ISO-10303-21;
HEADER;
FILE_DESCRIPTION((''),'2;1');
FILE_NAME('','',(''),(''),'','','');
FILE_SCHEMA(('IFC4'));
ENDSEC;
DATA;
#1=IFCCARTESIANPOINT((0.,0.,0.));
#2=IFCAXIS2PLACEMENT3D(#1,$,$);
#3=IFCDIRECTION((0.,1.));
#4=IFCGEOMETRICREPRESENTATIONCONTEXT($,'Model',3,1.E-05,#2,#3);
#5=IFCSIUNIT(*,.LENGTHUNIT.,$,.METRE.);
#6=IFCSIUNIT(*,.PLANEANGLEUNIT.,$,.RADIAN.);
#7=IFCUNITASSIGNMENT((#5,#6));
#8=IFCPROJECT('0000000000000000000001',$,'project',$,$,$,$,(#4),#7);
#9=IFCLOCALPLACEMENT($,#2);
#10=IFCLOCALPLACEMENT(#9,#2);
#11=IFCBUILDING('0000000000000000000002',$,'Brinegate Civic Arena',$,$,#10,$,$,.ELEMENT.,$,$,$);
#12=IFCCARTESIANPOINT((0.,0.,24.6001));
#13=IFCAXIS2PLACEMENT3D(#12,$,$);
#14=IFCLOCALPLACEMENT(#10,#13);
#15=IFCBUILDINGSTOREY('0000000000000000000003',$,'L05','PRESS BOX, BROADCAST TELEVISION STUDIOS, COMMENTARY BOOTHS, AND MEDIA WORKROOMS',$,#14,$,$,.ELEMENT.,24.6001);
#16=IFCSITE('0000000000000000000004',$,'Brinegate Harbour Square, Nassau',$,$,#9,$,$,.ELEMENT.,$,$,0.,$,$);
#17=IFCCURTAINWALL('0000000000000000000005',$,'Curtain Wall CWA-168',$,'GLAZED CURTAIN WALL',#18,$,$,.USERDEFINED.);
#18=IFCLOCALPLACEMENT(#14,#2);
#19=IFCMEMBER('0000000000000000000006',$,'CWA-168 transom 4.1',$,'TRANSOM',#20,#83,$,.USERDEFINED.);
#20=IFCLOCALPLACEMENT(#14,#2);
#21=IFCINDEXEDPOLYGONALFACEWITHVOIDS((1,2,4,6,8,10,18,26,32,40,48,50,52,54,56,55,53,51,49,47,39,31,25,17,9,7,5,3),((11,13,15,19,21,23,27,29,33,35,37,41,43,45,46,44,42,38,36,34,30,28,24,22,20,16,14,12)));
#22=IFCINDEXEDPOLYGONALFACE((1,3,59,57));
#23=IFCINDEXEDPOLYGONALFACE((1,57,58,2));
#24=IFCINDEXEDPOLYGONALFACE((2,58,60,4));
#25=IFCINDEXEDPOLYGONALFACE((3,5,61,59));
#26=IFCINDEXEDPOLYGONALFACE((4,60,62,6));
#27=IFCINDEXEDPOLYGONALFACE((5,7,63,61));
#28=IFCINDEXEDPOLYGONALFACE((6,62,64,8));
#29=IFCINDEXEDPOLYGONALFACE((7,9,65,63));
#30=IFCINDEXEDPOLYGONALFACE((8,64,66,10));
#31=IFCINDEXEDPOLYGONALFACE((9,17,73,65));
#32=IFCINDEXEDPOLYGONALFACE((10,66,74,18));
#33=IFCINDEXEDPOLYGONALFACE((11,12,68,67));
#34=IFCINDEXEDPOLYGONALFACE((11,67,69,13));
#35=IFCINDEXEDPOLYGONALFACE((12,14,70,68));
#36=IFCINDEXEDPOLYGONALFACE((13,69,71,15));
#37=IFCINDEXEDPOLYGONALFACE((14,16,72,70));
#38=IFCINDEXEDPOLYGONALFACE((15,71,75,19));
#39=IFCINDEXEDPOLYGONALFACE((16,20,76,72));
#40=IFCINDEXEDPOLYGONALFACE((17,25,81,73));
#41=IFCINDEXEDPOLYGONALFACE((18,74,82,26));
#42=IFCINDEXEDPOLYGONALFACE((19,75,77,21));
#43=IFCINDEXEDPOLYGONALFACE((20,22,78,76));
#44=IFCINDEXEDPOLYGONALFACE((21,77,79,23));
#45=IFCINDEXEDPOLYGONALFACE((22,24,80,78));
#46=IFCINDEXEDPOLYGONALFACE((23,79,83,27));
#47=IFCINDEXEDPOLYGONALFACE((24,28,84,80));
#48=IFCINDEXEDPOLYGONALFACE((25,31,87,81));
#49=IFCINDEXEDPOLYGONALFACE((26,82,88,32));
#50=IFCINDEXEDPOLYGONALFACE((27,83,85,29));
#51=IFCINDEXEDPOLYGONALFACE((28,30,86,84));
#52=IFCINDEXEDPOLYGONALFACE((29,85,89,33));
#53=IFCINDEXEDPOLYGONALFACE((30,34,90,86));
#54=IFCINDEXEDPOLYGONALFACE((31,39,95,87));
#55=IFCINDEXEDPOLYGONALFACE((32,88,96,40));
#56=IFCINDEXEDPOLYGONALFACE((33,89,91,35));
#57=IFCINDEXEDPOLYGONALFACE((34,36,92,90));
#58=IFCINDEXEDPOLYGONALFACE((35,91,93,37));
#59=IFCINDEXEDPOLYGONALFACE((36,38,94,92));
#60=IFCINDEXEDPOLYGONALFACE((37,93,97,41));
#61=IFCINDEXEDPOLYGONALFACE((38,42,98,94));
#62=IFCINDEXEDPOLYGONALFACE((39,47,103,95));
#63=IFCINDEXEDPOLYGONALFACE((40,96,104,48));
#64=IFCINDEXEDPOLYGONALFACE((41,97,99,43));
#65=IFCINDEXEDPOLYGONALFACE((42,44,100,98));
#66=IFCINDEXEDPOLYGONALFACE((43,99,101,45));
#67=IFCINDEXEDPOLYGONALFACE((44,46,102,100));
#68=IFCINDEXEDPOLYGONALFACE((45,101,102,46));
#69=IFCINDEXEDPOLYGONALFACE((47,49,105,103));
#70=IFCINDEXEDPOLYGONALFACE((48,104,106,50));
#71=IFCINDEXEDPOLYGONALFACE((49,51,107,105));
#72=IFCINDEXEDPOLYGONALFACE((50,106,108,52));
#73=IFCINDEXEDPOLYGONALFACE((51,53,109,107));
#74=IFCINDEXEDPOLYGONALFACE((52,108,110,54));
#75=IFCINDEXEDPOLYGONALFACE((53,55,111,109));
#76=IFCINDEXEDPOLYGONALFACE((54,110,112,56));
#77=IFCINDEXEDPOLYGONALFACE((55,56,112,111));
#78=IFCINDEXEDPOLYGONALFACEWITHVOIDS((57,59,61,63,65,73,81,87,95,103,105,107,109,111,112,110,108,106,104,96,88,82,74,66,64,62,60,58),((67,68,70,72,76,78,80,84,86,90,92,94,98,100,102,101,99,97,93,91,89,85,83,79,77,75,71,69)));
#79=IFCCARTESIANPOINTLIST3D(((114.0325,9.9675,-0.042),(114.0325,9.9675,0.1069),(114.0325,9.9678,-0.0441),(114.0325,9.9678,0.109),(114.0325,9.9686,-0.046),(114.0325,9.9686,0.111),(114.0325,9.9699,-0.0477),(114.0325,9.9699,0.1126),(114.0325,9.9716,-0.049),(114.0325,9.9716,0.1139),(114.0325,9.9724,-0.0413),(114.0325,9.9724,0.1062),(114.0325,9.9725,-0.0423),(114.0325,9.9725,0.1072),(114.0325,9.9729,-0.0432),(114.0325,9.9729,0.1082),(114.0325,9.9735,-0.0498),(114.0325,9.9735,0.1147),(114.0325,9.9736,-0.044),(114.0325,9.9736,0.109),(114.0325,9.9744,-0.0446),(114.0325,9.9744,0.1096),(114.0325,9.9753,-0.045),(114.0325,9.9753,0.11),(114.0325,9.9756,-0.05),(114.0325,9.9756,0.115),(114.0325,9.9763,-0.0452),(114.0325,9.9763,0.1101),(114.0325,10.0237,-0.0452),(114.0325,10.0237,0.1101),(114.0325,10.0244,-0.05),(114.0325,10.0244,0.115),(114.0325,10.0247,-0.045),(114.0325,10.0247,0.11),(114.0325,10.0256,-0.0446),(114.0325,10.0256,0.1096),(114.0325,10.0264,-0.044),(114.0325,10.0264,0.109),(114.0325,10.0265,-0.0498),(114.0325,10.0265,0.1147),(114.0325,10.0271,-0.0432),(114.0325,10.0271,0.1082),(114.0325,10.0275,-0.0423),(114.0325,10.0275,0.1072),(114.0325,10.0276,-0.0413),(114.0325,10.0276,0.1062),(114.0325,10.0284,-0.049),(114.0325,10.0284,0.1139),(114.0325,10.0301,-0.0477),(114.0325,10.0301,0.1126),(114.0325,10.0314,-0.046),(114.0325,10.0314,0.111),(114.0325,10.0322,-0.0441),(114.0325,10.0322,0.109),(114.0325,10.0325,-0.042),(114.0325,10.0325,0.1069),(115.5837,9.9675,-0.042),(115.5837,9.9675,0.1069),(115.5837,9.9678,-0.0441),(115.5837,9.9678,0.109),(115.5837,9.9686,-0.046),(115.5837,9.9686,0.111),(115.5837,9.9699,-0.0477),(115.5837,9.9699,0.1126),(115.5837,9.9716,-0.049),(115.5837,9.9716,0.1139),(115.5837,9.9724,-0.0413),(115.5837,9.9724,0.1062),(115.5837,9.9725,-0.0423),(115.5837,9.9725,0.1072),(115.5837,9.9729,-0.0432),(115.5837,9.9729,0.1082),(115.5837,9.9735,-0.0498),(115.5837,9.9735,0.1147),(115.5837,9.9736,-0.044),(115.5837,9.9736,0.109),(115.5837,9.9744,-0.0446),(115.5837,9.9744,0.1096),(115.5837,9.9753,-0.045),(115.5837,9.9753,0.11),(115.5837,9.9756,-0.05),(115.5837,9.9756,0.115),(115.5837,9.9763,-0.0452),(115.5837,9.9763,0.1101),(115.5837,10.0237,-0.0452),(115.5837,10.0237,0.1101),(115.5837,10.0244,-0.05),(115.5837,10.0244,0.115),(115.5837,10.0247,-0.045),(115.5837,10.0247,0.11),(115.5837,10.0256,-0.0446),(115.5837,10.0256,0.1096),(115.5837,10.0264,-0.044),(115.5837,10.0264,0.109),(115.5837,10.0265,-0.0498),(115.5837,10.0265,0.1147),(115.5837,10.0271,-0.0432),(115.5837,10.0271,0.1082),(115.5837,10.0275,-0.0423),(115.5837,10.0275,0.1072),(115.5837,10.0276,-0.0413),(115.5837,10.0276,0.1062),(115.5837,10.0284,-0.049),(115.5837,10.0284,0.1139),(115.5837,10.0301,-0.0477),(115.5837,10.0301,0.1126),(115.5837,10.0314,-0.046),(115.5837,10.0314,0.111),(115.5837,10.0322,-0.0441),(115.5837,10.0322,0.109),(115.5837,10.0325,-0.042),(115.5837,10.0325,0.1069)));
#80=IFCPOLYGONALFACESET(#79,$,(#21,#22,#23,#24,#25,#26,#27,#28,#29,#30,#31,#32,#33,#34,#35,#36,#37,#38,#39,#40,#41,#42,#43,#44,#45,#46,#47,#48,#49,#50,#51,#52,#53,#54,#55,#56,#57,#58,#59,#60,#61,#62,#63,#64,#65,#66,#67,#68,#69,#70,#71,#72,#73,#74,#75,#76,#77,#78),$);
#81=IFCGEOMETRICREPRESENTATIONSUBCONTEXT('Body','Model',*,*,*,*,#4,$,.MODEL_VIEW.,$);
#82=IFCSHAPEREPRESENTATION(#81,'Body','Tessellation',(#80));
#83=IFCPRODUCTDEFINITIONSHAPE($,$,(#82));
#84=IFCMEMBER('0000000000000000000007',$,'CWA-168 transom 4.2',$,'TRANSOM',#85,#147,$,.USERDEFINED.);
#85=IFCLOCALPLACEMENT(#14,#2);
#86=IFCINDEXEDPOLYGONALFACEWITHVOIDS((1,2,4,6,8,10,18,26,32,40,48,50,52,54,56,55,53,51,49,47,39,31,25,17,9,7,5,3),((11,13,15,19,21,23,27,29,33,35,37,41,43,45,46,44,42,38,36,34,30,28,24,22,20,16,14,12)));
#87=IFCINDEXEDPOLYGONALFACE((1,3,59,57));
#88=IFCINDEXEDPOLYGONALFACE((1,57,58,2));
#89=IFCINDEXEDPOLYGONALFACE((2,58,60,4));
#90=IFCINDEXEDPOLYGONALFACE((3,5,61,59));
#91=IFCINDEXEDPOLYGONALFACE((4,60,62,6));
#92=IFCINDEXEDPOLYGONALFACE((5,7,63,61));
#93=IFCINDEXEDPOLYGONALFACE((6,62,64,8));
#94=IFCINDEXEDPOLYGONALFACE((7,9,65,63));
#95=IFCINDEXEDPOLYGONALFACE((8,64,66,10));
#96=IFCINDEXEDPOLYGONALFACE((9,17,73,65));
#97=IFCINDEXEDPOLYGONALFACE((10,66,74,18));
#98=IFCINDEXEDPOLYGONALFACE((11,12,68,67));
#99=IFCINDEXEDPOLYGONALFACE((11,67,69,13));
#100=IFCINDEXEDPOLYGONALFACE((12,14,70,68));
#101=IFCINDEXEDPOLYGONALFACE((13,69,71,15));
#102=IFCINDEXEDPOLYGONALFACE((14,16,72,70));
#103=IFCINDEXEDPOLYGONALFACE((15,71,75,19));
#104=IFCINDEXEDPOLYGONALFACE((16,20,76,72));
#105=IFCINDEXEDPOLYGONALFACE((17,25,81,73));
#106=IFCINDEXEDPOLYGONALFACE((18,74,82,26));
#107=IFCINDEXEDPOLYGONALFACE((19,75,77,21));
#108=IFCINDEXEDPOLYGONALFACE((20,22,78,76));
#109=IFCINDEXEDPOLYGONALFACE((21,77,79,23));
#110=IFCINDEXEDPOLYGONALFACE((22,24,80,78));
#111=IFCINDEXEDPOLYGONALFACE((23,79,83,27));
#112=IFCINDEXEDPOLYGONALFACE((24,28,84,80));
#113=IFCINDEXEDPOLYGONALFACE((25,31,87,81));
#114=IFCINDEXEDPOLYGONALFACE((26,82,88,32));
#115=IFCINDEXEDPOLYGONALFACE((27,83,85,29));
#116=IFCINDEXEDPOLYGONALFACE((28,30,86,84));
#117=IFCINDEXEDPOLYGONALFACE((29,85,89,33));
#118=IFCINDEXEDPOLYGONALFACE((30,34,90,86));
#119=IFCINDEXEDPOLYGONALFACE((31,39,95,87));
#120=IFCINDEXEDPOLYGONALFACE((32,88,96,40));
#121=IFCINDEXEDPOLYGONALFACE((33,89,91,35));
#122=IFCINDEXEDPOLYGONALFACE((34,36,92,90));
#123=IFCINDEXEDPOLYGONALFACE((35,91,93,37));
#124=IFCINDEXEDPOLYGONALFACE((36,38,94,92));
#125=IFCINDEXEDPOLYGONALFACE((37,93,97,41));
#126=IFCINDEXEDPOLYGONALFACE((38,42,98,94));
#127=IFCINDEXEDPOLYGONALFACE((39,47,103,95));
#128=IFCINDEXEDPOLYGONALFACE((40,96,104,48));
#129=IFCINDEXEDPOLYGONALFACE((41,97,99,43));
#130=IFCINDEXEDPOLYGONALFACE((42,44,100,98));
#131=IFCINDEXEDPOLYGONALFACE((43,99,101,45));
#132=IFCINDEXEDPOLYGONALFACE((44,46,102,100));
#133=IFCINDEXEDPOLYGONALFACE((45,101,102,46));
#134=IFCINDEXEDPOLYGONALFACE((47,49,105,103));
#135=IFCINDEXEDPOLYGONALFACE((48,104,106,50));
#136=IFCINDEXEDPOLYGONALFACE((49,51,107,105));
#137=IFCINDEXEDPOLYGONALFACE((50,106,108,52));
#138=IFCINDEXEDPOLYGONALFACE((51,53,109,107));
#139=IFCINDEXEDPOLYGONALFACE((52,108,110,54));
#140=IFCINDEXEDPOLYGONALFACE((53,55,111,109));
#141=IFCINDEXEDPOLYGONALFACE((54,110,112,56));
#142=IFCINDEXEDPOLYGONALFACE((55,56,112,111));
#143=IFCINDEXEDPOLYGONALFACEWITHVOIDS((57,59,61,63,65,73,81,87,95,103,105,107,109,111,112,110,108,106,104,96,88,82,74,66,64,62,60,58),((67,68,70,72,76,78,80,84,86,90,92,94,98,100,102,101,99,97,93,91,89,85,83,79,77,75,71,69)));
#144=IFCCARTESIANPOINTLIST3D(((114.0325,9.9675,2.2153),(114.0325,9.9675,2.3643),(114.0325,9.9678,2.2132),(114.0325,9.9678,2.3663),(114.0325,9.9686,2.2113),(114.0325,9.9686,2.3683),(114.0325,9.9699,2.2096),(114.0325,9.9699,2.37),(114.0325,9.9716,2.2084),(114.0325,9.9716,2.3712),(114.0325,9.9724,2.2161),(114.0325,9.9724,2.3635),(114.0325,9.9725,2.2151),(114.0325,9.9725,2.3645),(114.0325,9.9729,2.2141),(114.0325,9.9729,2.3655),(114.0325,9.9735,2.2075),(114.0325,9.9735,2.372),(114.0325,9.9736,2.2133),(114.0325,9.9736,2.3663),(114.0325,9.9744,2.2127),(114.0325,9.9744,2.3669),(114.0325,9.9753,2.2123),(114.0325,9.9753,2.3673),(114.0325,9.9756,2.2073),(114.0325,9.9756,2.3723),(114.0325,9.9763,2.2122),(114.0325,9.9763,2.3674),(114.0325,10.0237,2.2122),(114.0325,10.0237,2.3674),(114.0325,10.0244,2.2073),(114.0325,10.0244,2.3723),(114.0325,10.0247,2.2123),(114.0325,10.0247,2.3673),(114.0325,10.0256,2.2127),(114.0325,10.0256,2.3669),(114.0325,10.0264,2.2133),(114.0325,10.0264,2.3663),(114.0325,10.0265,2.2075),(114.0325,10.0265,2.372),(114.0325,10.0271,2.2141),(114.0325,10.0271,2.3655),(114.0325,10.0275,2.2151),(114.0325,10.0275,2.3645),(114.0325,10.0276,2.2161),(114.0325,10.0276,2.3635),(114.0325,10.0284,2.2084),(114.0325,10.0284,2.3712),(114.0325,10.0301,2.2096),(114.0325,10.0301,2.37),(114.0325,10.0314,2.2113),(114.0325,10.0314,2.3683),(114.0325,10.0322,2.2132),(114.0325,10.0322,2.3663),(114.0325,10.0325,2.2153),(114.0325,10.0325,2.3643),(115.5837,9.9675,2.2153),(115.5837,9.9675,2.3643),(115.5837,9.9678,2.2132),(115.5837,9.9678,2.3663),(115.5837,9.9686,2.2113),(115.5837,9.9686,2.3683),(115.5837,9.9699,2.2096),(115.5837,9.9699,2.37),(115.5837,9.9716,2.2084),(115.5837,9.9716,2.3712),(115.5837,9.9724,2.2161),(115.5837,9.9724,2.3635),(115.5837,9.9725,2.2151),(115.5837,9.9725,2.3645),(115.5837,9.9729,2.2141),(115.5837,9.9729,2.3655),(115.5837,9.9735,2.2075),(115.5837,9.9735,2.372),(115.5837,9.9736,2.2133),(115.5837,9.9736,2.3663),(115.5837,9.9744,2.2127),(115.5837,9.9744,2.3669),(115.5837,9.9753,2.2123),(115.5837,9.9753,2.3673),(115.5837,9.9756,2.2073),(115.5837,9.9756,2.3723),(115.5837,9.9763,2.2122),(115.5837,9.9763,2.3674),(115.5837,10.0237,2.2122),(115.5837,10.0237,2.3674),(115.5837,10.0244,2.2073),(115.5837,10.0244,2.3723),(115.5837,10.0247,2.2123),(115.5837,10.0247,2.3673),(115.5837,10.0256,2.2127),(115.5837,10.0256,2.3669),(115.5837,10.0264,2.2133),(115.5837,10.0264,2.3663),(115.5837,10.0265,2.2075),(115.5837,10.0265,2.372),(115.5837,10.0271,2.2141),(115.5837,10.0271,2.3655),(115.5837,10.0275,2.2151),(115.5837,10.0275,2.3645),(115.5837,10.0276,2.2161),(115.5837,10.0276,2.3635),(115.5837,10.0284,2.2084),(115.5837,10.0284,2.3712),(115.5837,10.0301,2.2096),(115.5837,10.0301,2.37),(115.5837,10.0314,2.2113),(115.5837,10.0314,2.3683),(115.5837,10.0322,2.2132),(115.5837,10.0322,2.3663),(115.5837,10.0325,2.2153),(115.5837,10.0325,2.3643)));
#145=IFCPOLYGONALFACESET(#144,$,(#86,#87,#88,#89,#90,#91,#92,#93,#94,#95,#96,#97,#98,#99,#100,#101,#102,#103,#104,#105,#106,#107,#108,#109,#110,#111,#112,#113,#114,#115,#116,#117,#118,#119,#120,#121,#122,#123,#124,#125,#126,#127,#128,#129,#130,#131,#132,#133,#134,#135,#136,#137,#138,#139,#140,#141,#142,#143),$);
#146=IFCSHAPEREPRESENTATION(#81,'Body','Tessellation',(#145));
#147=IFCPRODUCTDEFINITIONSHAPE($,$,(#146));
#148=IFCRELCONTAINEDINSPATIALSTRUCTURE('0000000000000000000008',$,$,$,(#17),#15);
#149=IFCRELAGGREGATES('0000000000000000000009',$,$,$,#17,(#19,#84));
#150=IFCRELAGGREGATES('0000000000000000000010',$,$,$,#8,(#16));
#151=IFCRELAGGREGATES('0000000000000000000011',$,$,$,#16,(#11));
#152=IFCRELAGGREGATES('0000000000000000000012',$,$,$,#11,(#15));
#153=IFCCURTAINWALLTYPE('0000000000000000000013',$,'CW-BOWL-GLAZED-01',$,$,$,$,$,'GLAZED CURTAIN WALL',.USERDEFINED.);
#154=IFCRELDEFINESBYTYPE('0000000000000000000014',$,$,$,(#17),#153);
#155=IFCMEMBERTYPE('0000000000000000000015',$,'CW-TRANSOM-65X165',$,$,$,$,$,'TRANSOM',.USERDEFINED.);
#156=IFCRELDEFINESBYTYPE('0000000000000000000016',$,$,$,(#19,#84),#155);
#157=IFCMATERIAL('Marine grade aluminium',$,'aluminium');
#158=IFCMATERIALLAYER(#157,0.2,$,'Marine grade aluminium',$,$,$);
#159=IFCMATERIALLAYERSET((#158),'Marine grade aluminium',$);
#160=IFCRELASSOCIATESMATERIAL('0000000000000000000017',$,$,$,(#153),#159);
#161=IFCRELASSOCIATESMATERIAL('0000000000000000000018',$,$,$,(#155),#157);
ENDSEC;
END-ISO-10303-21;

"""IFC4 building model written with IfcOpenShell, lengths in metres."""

from ifc_helpers import new_model, si_unit, direction, frame, origin, origin_2d, place, context, subcontext, project, spatial, hollow_rectangle, extrude, material, layer, layer_set, material_profile, profile_set, type_object, element, aggregate, save


model = new_model("IFC4")

# Units and contexts
model_context = context("Model", 3, precision=1e-05, world=origin(), true_north=direction((0.0, 1.0)))
body_context = subcontext(model_context, "Body", "Model", "MODEL_VIEW")
ifc_project = project(units=[si_unit("LENGTHUNIT", "METRE"), si_unit("PLANEANGLEUNIT", "RADIAN")], contexts=[model_context])

# Site, building, storey
site_placement = place(None, origin())
site = spatial("IfcSite", under=ifc_project, at=site_placement, Name="Brinegate Harbour Square, Nassau", CompositionType="ELEMENT", RefElevation=0.0)
building_placement = place(site_placement, origin())
building = spatial("IfcBuilding", under=site, at=building_placement, Name="Brinegate Civic Arena", CompositionType="ELEMENT")
storey_placement = place(building_placement, frame((0.0, 0.0, 24.6001)))
storey = spatial("IfcBuildingStorey", under=building, at=storey_placement, Name="L05", Description="PRESS BOX, BROADCAST TELEVISION STUDIOS, COMMENTARY BOOTHS, AND MEDIA WORKROOMS", CompositionType="ELEMENT", Elevation=24.6001)

# Curtain wall, members
ifc_material_1 = material(Name="Marine grade aluminium", Category="aluminium")
ifc_layer_1 = layer(ifc_material_1, 0.2, Name="Marine grade aluminium")
ifc_layer_set_1 = layer_set([ifc_layer_1], Name="Marine grade aluminium")
curtain_wall_type = type_object("IfcCurtainWallType", Name="CW-BOWL-GLAZED-01", ElementType="GLAZED CURTAIN WALL", PredefinedType="USERDEFINED", material=ifc_layer_set_1)
curtain_wall_placement = place(storey_placement, origin())
curtain_wall = element("IfcCurtainWall", 1, at=curtain_wall_placement, inside=storey, type_object=curtain_wall_type, Name="Curtain Wall CWA-168", ObjectType="GLAZED CURTAIN WALL", PredefinedType="USERDEFINED")
ifc_material_profile_1 = material_profile(ifc_material_1, hollow_rectangle(XDim=0.0649, YDim=0.165, WallThickness=0.0049, InnerFilletRadius=0.0039, OuterFilletRadius=0.0081, at=origin_2d()), Name="TRN65X165")
ifc_profile_set_1 = profile_set([ifc_material_profile_1], Name="Marine grade aluminium")
member_type_1 = type_object("IfcMemberType", Name="CW-TRANSOM-65X165", ElementType="TRANSOM", PredefinedType="USERDEFINED", material=ifc_profile_set_1)
member_1_placement = place(storey_placement, frame((114.0325, 10.0, 0.0325), z_axis=(1.0, 0.0, 0.0), x_axis=(0.0, 1.0, 0.0)))
member_1 = element("IfcMember", 2, at=member_1_placement, type_object=member_type_1, Name="CWA-168 transom 4.1", ObjectType="TRANSOM", PredefinedType="USERDEFINED", context=body_context, shape_type="SweptSolid", body=[
    extrude(hollow_rectangle(XDim=0.0649, YDim=0.165, WallThickness=0.0049, InnerFilletRadius=0.0039, OuterFilletRadius=0.0081, at=origin_2d()), origin(), (0.0, 0.0, 1.0), 1.5513),
])
member_2_placement = place(storey_placement, frame((114.0325, 10.0, 2.2898), z_axis=(1.0, 0.0, 0.0), x_axis=(0.0, 1.0, 0.0)))
member_2 = element("IfcMember", 3, at=member_2_placement, type_object=member_type_1, Name="CWA-168 transom 4.2", ObjectType="TRANSOM", PredefinedType="USERDEFINED", context=body_context, shape_type="SweptSolid", body=[
    extrude(hollow_rectangle(XDim=0.0649, YDim=0.165, WallThickness=0.0049, InnerFilletRadius=0.0039, OuterFilletRadius=0.0081, at=origin_2d()), origin(), (0.0, 0.0, 1.0), 1.5513),
])

aggregate(curtain_wall, [member_1, member_2])

save(model, "model.ifc")
